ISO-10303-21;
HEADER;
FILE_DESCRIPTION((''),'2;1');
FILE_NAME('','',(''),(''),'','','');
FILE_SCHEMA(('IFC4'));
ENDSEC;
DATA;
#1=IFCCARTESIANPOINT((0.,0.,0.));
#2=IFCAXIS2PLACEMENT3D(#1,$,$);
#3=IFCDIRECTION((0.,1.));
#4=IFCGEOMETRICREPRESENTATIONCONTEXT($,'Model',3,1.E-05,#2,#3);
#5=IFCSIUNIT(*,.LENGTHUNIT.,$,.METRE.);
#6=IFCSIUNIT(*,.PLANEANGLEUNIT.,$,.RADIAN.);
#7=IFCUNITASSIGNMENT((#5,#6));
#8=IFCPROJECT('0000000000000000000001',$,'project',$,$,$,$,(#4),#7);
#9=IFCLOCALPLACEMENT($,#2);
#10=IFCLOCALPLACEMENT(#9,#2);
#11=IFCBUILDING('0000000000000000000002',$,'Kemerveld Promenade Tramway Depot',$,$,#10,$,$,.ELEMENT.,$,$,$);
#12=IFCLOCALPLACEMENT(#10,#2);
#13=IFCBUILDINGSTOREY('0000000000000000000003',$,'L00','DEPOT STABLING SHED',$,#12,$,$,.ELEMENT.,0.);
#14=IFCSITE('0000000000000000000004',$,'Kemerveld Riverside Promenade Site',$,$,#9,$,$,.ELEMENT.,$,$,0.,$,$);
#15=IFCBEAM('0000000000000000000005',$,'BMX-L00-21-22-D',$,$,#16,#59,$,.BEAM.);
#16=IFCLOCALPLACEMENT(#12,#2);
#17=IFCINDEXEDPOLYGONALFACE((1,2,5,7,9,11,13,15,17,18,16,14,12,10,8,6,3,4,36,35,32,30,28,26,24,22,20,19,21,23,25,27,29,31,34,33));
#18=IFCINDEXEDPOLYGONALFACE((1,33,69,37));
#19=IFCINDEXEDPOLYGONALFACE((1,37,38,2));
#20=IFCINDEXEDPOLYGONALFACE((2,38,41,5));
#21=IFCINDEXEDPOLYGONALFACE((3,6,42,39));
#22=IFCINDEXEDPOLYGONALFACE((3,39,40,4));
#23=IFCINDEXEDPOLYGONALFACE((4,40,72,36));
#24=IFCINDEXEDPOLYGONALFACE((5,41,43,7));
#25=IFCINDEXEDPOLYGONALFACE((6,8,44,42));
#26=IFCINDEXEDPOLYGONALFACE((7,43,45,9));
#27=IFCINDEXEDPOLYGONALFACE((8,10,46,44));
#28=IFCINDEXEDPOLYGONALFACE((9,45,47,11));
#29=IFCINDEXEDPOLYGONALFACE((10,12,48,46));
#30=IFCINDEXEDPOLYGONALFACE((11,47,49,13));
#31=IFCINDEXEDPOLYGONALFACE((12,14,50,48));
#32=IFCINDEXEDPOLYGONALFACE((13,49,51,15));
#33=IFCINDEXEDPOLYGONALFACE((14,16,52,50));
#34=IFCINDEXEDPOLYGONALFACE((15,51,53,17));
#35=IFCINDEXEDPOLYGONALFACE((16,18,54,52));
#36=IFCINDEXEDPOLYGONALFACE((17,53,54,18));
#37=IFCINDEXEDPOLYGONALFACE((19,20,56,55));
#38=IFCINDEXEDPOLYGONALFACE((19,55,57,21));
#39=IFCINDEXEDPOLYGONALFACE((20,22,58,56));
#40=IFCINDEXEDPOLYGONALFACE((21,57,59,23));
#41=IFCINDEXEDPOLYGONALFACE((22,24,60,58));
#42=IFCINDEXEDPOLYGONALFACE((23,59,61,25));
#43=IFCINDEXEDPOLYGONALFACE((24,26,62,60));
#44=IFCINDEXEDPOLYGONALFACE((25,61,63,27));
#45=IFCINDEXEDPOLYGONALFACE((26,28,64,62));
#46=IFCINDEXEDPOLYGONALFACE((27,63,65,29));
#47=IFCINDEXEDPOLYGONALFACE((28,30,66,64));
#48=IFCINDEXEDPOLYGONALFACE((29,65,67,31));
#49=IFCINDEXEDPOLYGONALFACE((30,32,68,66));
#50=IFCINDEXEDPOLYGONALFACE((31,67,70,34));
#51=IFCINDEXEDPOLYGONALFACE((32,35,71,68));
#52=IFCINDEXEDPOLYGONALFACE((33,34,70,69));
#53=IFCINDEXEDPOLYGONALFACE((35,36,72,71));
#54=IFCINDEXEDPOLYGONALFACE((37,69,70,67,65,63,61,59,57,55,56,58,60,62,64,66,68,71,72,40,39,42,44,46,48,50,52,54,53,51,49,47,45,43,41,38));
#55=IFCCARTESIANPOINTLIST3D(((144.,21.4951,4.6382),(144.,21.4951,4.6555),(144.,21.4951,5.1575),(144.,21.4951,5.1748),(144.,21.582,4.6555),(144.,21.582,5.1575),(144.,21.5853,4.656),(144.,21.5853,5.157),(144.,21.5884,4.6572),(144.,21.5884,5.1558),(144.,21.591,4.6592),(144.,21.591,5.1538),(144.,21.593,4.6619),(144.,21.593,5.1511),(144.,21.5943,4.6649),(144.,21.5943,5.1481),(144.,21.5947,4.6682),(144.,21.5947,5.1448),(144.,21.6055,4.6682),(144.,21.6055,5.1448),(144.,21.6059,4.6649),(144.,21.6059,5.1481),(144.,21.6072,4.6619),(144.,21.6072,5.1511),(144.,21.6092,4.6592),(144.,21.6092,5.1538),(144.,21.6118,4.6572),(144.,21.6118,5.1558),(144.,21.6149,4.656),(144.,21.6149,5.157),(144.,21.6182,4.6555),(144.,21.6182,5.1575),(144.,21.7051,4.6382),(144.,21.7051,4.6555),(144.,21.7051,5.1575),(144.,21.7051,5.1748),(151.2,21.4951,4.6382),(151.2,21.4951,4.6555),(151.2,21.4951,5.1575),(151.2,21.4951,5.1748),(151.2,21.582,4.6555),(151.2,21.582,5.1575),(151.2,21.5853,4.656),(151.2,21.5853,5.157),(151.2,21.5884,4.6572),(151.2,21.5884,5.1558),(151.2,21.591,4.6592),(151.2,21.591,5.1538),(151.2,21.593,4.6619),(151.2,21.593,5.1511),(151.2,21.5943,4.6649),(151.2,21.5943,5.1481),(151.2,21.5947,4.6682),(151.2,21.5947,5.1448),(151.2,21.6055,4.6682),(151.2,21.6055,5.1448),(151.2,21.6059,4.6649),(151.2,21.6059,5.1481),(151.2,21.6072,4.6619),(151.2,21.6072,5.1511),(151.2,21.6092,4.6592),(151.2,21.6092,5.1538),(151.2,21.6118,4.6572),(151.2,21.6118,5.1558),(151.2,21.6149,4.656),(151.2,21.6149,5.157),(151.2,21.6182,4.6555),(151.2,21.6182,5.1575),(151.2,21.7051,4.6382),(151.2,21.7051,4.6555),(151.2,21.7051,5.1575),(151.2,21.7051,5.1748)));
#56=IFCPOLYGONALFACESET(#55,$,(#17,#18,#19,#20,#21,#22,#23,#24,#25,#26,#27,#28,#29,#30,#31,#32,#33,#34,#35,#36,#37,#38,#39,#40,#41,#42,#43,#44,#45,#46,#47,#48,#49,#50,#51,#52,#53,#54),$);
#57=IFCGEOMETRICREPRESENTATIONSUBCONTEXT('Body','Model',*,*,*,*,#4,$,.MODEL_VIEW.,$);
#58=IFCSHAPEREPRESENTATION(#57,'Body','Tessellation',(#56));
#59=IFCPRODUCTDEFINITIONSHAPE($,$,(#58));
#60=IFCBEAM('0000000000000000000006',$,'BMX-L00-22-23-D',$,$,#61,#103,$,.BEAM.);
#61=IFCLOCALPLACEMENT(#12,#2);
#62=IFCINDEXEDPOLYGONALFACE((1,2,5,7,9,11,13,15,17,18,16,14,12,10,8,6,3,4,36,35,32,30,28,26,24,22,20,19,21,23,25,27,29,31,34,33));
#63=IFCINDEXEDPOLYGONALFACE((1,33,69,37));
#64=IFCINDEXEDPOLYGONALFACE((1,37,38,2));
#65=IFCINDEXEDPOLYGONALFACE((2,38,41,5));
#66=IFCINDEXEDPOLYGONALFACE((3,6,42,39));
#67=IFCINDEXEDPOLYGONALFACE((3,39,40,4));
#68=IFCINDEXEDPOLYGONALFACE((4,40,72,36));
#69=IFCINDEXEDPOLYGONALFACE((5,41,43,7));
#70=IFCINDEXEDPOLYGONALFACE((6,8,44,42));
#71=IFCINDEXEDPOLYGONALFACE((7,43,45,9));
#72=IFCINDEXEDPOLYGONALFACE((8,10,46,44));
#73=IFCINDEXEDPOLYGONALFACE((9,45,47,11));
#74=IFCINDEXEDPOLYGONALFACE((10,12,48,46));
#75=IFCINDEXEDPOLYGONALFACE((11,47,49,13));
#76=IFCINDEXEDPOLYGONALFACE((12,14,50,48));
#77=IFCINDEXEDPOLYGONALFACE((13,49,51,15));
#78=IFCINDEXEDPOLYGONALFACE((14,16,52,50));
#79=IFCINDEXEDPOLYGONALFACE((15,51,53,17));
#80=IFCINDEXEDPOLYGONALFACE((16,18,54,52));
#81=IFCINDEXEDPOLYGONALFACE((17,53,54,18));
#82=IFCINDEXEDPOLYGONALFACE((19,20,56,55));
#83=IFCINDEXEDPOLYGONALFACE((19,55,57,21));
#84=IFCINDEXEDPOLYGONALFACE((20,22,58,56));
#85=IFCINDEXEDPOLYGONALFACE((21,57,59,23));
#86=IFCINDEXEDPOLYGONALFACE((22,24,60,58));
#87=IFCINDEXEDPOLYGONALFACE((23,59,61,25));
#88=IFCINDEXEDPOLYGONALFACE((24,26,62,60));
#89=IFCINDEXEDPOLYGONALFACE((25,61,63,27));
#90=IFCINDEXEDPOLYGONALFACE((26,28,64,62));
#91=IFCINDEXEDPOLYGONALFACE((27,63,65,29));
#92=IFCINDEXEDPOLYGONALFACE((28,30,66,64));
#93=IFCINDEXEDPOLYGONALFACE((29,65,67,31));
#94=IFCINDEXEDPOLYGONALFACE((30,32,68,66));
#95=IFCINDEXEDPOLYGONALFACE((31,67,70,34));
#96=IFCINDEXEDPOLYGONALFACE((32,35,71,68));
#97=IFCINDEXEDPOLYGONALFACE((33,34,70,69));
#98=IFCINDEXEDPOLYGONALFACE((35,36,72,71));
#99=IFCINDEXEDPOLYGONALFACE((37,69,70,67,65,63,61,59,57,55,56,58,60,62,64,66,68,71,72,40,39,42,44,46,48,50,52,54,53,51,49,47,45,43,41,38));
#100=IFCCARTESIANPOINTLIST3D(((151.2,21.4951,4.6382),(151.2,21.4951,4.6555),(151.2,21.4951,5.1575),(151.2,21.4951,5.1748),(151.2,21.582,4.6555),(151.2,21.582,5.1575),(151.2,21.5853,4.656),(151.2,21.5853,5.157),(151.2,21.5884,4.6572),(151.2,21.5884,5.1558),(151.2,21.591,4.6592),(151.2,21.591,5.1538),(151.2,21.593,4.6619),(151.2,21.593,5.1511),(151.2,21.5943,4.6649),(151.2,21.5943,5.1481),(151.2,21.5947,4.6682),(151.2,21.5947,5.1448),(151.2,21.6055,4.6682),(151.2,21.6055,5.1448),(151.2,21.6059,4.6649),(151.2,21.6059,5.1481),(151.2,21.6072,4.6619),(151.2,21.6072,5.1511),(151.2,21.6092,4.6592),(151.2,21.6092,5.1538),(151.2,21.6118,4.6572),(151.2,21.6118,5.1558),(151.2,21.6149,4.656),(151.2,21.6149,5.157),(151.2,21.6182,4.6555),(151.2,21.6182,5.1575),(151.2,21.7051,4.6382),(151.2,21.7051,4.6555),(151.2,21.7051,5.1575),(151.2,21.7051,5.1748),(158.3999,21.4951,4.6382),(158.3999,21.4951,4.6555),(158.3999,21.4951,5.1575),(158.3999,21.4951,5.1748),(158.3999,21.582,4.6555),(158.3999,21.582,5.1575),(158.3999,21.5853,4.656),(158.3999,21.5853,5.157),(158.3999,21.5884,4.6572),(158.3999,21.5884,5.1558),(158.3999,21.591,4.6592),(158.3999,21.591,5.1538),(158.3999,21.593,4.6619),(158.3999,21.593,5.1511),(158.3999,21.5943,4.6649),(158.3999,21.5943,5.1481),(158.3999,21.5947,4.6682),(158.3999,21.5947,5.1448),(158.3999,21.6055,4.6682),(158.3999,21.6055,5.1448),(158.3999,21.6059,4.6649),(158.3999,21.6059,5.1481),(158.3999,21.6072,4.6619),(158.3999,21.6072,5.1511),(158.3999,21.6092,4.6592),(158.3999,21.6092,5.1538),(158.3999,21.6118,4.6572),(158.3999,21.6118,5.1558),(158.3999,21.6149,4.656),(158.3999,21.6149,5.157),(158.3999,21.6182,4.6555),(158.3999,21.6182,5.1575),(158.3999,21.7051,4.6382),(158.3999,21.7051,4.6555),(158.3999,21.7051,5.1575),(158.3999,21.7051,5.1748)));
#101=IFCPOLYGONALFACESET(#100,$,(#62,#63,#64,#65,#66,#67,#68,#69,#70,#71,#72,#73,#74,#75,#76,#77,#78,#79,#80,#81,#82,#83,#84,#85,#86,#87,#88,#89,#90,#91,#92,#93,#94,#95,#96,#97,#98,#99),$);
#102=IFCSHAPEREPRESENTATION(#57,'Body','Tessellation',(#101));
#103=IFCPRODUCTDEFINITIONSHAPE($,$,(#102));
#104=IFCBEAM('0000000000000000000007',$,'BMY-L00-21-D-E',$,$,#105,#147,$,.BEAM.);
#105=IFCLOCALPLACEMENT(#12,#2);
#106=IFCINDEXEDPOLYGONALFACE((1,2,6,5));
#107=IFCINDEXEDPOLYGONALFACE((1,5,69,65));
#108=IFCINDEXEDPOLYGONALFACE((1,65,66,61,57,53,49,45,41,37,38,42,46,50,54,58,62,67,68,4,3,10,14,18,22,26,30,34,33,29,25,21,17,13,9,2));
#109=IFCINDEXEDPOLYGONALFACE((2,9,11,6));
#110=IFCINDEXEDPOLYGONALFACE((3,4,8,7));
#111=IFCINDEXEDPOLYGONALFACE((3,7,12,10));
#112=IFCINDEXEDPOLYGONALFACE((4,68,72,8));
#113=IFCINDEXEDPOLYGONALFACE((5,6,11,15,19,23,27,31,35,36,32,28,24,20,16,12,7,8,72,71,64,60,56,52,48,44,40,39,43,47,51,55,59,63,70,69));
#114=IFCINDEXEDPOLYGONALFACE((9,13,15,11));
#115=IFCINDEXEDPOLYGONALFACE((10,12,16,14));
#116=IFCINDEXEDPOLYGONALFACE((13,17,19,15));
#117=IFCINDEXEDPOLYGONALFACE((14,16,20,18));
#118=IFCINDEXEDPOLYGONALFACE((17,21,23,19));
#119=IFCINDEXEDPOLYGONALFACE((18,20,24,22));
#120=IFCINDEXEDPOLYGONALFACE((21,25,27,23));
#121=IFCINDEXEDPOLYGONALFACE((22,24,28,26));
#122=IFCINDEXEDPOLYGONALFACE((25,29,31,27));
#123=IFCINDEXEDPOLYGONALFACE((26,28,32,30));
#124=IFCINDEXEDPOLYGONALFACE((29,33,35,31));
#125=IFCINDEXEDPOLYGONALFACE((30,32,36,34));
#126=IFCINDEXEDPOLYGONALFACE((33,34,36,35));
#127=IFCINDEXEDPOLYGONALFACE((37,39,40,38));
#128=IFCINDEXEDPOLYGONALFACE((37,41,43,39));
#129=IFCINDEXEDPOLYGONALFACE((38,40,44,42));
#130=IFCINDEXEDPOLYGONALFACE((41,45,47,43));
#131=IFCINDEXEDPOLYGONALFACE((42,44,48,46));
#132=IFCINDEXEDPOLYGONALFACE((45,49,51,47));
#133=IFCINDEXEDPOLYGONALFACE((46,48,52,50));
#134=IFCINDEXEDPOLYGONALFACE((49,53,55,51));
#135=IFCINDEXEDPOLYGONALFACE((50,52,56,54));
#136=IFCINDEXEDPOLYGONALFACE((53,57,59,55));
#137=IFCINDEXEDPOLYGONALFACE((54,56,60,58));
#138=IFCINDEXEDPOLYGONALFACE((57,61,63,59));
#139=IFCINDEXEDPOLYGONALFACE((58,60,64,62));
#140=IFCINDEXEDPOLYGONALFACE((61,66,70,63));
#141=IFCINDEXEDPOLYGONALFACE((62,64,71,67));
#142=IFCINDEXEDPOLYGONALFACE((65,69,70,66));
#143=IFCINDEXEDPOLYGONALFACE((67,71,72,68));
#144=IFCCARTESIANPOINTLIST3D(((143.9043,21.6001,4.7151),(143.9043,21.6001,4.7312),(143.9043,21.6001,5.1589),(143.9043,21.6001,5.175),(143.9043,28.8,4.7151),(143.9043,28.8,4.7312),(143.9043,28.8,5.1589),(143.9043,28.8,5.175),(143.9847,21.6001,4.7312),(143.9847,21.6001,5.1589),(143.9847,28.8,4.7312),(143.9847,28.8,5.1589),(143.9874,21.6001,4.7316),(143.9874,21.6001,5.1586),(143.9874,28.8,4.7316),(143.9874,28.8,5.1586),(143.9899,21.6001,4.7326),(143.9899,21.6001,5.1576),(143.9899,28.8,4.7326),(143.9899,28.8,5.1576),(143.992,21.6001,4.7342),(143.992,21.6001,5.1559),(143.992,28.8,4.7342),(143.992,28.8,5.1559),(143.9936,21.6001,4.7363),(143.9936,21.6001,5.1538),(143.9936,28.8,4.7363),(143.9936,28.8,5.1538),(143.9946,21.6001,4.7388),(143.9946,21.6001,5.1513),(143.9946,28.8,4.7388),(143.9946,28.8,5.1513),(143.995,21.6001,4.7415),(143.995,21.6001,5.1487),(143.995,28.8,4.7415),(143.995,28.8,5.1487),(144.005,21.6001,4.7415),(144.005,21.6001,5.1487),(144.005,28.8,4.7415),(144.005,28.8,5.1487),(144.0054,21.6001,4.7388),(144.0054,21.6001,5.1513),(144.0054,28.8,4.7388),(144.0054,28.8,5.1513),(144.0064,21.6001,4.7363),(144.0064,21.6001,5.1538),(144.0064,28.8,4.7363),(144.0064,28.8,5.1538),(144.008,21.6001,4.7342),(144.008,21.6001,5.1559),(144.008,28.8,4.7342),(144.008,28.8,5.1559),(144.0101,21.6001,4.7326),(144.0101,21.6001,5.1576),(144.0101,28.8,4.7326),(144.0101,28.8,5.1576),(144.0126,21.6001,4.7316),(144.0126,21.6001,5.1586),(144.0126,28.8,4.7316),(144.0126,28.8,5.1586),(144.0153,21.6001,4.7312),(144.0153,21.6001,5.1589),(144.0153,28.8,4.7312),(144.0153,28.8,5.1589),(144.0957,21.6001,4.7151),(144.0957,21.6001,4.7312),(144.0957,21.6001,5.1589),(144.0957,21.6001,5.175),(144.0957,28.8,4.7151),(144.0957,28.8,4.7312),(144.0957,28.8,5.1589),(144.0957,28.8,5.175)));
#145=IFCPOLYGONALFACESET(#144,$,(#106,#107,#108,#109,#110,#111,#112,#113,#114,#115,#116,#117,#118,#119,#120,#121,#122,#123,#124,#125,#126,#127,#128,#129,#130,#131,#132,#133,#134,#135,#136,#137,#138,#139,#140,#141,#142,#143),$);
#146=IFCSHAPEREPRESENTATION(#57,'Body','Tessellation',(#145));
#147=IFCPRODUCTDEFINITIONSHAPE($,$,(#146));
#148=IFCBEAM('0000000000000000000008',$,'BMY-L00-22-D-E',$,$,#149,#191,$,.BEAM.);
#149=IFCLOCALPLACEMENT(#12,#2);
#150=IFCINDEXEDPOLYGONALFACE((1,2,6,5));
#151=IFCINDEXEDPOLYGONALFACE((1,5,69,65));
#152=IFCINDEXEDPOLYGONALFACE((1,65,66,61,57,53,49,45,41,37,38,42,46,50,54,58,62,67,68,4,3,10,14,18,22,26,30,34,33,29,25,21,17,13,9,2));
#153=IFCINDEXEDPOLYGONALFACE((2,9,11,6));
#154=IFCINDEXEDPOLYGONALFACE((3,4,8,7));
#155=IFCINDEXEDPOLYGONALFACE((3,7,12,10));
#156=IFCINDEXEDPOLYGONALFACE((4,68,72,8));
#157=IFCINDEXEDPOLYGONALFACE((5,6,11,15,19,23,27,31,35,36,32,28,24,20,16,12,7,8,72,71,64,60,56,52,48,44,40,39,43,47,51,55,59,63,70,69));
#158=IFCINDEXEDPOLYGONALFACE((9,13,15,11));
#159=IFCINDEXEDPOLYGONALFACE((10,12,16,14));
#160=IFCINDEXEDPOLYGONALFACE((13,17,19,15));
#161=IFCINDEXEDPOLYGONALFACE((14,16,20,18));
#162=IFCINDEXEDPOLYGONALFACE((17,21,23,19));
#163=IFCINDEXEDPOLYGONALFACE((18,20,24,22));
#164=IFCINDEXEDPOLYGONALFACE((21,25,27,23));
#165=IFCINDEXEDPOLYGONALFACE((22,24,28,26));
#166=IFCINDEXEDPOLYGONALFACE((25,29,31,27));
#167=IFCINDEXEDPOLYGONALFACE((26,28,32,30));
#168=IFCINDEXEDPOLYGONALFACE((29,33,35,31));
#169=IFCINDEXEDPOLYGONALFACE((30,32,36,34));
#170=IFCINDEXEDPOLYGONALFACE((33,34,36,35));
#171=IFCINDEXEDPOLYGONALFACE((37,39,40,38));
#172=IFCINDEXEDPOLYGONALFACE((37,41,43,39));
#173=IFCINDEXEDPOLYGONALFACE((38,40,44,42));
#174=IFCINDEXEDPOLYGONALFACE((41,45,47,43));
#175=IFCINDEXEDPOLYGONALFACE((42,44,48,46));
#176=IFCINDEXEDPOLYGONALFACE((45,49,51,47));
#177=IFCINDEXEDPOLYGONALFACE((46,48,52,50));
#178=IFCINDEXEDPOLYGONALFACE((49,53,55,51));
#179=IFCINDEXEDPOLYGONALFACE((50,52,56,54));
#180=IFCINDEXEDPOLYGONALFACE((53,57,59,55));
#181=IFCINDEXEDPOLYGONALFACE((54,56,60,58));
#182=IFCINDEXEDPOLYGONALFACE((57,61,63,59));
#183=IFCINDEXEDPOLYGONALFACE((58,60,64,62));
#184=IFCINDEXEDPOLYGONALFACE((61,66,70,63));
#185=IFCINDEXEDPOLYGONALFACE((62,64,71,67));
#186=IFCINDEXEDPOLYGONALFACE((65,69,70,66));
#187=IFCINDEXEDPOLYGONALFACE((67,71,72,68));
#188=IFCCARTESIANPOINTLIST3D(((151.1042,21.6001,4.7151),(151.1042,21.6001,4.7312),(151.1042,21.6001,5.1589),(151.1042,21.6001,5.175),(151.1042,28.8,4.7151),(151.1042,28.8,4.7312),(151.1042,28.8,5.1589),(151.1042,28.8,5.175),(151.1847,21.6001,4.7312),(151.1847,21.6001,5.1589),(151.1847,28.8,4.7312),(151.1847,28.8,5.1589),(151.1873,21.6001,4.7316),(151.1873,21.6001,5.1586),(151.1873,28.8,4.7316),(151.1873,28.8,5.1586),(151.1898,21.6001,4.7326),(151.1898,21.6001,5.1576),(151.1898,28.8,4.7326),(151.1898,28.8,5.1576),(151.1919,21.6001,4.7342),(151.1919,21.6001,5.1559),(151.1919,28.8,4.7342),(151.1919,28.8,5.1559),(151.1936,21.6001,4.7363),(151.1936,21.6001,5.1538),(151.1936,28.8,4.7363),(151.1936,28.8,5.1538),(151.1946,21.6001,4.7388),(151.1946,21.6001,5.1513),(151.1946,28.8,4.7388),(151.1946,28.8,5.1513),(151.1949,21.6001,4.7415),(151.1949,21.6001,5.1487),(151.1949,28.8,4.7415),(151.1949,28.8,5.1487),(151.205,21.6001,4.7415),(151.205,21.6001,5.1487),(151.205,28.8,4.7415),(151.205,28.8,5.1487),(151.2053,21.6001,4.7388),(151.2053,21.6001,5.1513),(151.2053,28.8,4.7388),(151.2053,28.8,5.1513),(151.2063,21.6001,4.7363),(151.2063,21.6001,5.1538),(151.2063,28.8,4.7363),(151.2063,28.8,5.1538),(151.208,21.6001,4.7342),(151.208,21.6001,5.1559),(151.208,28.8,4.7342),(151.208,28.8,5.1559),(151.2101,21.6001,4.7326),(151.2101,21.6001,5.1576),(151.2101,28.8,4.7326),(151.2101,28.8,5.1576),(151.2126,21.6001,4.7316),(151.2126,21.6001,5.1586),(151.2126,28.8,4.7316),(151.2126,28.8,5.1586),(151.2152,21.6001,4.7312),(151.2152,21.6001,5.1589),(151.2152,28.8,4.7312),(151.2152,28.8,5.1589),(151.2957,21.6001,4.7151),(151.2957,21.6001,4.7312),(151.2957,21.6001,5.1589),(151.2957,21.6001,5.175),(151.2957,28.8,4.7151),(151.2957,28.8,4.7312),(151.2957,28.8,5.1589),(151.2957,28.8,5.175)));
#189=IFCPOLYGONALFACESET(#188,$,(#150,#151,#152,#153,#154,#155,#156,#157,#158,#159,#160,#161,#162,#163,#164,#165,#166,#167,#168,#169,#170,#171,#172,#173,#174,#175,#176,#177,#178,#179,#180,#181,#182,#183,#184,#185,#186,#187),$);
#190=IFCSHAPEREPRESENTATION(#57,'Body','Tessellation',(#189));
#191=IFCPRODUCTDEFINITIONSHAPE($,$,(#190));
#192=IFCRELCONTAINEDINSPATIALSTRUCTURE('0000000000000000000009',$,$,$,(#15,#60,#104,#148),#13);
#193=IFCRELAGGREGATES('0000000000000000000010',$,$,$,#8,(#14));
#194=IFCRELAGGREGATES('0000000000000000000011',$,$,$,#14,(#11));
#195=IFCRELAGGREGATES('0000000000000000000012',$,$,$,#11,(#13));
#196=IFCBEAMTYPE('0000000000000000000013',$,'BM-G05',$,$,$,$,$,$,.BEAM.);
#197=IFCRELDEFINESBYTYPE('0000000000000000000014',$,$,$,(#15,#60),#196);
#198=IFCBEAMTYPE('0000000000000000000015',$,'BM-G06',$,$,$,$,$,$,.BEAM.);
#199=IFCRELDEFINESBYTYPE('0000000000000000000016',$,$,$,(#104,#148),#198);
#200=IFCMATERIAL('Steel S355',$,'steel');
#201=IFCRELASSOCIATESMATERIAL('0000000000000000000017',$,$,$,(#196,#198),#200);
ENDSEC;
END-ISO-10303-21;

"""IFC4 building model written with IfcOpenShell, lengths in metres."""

from ifc_helpers import new_model, si_unit, direction, frame, origin, origin_2d, place, context, subcontext, project, spatial, i_section, extrude, material, material_profile, profile_set, type_object, element, save


model = new_model("IFC4")

# Units and contexts
model_context = context("Model", 3, precision=1e-05, world=origin(), true_north=direction((0.0, 1.0)))
body_context = subcontext(model_context, "Body", "Model", "MODEL_VIEW")
ifc_project = project(units=[si_unit("LENGTHUNIT", "METRE"), si_unit("PLANEANGLEUNIT", "RADIAN")], contexts=[model_context])

# Site, building, storey
site_placement = place(None, origin())
site = spatial("IfcSite", under=ifc_project, at=site_placement, Name="Kemerveld Riverside Promenade Site", CompositionType="ELEMENT", RefElevation=0.0)
building_placement = place(site_placement, origin())
building = spatial("IfcBuilding", under=site, at=building_placement, Name="Kemerveld Promenade Tramway Depot", CompositionType="ELEMENT")
storey_placement = place(building_placement, origin())
storey = spatial("IfcBuildingStorey", under=building, at=storey_placement, Name="L00", Description="DEPOT STABLING SHED", CompositionType="ELEMENT", Elevation=0.0)

# Shared definitions
ifc_material_1 = material(Name="Steel S355", Category="steel")

# Beams
ifc_material_profile_1 = material_profile(ifc_material_1, i_section(OverallWidth=0.21, OverallDepth=0.5366, WebThickness=0.0107, FlangeThickness=0.0173, FilletRadius=0.0127, at=origin_2d()), Name="533x210x101 UB")
ifc_profile_set_1 = profile_set([ifc_material_profile_1], Name="Steel S355")
beam_type_1 = type_object("IfcBeamType", Name="BM-G05", PredefinedType="BEAM", material=ifc_profile_set_1)
for number, where, z_axis, x_axis, name in (
    (1, (144.0, 21.6001, 4.9065), (1.0, 0.0, 0.0), (0.0, 1.0, 0.0), "BMX-L00-21-22-D"),
    (2, (151.2, 21.6001, 4.9065), (1.0, 0.0, 0.0), (0.0, 1.0, 0.0), "BMX-L00-22-23-D"),
):
    element("IfcBeam", number, at=place(storey_placement, frame(where, z_axis=z_axis, x_axis=x_axis)), inside=storey, type_object=beam_type_1, Name=name, PredefinedType="BEAM", context=body_context, shape_type="SweptSolid", body=[
        extrude(i_section(OverallWidth=0.21, OverallDepth=0.5366, WebThickness=0.0107, FlangeThickness=0.0173, FilletRadius=0.0127, at=origin_2d()), origin(), (0.0, 0.0, 1.0), 7.2),
    ])
ifc_material_profile_2 = material_profile(ifc_material_1, i_section(OverallWidth=0.1914, OverallDepth=0.46, WebThickness=0.01, FlangeThickness=0.0161, FilletRadius=0.0103, at=origin_2d()), Name="457x191x82 UB")
ifc_profile_set_2 = profile_set([ifc_material_profile_2], Name="Steel S355")
beam_type_2 = type_object("IfcBeamType", Name="BM-G06", PredefinedType="BEAM", material=ifc_profile_set_2)
for number, where, z_axis, x_axis, name in (
    (3, (144.0, 21.6001, 4.9451), (0.0, 1.0, 0.0), (-1.0, 0.0, 0.0), "BMY-L00-21-D-E"),
    (4, (151.2, 21.6001, 4.9451), (0.0, 1.0, 0.0), (-1.0, 0.0, 0.0), "BMY-L00-22-D-E"),
):
    element("IfcBeam", number, at=place(storey_placement, frame(where, z_axis=z_axis, x_axis=x_axis)), inside=storey, type_object=beam_type_2, Name=name, PredefinedType="BEAM", context=body_context, shape_type="SweptSolid", body=[
        extrude(i_section(OverallWidth=0.1914, OverallDepth=0.46, WebThickness=0.01, FlangeThickness=0.0161, FilletRadius=0.0103, at=origin_2d()), origin(), (0.0, 0.0, 1.0), 7.2),
    ])

save(model, "model.ifc")
